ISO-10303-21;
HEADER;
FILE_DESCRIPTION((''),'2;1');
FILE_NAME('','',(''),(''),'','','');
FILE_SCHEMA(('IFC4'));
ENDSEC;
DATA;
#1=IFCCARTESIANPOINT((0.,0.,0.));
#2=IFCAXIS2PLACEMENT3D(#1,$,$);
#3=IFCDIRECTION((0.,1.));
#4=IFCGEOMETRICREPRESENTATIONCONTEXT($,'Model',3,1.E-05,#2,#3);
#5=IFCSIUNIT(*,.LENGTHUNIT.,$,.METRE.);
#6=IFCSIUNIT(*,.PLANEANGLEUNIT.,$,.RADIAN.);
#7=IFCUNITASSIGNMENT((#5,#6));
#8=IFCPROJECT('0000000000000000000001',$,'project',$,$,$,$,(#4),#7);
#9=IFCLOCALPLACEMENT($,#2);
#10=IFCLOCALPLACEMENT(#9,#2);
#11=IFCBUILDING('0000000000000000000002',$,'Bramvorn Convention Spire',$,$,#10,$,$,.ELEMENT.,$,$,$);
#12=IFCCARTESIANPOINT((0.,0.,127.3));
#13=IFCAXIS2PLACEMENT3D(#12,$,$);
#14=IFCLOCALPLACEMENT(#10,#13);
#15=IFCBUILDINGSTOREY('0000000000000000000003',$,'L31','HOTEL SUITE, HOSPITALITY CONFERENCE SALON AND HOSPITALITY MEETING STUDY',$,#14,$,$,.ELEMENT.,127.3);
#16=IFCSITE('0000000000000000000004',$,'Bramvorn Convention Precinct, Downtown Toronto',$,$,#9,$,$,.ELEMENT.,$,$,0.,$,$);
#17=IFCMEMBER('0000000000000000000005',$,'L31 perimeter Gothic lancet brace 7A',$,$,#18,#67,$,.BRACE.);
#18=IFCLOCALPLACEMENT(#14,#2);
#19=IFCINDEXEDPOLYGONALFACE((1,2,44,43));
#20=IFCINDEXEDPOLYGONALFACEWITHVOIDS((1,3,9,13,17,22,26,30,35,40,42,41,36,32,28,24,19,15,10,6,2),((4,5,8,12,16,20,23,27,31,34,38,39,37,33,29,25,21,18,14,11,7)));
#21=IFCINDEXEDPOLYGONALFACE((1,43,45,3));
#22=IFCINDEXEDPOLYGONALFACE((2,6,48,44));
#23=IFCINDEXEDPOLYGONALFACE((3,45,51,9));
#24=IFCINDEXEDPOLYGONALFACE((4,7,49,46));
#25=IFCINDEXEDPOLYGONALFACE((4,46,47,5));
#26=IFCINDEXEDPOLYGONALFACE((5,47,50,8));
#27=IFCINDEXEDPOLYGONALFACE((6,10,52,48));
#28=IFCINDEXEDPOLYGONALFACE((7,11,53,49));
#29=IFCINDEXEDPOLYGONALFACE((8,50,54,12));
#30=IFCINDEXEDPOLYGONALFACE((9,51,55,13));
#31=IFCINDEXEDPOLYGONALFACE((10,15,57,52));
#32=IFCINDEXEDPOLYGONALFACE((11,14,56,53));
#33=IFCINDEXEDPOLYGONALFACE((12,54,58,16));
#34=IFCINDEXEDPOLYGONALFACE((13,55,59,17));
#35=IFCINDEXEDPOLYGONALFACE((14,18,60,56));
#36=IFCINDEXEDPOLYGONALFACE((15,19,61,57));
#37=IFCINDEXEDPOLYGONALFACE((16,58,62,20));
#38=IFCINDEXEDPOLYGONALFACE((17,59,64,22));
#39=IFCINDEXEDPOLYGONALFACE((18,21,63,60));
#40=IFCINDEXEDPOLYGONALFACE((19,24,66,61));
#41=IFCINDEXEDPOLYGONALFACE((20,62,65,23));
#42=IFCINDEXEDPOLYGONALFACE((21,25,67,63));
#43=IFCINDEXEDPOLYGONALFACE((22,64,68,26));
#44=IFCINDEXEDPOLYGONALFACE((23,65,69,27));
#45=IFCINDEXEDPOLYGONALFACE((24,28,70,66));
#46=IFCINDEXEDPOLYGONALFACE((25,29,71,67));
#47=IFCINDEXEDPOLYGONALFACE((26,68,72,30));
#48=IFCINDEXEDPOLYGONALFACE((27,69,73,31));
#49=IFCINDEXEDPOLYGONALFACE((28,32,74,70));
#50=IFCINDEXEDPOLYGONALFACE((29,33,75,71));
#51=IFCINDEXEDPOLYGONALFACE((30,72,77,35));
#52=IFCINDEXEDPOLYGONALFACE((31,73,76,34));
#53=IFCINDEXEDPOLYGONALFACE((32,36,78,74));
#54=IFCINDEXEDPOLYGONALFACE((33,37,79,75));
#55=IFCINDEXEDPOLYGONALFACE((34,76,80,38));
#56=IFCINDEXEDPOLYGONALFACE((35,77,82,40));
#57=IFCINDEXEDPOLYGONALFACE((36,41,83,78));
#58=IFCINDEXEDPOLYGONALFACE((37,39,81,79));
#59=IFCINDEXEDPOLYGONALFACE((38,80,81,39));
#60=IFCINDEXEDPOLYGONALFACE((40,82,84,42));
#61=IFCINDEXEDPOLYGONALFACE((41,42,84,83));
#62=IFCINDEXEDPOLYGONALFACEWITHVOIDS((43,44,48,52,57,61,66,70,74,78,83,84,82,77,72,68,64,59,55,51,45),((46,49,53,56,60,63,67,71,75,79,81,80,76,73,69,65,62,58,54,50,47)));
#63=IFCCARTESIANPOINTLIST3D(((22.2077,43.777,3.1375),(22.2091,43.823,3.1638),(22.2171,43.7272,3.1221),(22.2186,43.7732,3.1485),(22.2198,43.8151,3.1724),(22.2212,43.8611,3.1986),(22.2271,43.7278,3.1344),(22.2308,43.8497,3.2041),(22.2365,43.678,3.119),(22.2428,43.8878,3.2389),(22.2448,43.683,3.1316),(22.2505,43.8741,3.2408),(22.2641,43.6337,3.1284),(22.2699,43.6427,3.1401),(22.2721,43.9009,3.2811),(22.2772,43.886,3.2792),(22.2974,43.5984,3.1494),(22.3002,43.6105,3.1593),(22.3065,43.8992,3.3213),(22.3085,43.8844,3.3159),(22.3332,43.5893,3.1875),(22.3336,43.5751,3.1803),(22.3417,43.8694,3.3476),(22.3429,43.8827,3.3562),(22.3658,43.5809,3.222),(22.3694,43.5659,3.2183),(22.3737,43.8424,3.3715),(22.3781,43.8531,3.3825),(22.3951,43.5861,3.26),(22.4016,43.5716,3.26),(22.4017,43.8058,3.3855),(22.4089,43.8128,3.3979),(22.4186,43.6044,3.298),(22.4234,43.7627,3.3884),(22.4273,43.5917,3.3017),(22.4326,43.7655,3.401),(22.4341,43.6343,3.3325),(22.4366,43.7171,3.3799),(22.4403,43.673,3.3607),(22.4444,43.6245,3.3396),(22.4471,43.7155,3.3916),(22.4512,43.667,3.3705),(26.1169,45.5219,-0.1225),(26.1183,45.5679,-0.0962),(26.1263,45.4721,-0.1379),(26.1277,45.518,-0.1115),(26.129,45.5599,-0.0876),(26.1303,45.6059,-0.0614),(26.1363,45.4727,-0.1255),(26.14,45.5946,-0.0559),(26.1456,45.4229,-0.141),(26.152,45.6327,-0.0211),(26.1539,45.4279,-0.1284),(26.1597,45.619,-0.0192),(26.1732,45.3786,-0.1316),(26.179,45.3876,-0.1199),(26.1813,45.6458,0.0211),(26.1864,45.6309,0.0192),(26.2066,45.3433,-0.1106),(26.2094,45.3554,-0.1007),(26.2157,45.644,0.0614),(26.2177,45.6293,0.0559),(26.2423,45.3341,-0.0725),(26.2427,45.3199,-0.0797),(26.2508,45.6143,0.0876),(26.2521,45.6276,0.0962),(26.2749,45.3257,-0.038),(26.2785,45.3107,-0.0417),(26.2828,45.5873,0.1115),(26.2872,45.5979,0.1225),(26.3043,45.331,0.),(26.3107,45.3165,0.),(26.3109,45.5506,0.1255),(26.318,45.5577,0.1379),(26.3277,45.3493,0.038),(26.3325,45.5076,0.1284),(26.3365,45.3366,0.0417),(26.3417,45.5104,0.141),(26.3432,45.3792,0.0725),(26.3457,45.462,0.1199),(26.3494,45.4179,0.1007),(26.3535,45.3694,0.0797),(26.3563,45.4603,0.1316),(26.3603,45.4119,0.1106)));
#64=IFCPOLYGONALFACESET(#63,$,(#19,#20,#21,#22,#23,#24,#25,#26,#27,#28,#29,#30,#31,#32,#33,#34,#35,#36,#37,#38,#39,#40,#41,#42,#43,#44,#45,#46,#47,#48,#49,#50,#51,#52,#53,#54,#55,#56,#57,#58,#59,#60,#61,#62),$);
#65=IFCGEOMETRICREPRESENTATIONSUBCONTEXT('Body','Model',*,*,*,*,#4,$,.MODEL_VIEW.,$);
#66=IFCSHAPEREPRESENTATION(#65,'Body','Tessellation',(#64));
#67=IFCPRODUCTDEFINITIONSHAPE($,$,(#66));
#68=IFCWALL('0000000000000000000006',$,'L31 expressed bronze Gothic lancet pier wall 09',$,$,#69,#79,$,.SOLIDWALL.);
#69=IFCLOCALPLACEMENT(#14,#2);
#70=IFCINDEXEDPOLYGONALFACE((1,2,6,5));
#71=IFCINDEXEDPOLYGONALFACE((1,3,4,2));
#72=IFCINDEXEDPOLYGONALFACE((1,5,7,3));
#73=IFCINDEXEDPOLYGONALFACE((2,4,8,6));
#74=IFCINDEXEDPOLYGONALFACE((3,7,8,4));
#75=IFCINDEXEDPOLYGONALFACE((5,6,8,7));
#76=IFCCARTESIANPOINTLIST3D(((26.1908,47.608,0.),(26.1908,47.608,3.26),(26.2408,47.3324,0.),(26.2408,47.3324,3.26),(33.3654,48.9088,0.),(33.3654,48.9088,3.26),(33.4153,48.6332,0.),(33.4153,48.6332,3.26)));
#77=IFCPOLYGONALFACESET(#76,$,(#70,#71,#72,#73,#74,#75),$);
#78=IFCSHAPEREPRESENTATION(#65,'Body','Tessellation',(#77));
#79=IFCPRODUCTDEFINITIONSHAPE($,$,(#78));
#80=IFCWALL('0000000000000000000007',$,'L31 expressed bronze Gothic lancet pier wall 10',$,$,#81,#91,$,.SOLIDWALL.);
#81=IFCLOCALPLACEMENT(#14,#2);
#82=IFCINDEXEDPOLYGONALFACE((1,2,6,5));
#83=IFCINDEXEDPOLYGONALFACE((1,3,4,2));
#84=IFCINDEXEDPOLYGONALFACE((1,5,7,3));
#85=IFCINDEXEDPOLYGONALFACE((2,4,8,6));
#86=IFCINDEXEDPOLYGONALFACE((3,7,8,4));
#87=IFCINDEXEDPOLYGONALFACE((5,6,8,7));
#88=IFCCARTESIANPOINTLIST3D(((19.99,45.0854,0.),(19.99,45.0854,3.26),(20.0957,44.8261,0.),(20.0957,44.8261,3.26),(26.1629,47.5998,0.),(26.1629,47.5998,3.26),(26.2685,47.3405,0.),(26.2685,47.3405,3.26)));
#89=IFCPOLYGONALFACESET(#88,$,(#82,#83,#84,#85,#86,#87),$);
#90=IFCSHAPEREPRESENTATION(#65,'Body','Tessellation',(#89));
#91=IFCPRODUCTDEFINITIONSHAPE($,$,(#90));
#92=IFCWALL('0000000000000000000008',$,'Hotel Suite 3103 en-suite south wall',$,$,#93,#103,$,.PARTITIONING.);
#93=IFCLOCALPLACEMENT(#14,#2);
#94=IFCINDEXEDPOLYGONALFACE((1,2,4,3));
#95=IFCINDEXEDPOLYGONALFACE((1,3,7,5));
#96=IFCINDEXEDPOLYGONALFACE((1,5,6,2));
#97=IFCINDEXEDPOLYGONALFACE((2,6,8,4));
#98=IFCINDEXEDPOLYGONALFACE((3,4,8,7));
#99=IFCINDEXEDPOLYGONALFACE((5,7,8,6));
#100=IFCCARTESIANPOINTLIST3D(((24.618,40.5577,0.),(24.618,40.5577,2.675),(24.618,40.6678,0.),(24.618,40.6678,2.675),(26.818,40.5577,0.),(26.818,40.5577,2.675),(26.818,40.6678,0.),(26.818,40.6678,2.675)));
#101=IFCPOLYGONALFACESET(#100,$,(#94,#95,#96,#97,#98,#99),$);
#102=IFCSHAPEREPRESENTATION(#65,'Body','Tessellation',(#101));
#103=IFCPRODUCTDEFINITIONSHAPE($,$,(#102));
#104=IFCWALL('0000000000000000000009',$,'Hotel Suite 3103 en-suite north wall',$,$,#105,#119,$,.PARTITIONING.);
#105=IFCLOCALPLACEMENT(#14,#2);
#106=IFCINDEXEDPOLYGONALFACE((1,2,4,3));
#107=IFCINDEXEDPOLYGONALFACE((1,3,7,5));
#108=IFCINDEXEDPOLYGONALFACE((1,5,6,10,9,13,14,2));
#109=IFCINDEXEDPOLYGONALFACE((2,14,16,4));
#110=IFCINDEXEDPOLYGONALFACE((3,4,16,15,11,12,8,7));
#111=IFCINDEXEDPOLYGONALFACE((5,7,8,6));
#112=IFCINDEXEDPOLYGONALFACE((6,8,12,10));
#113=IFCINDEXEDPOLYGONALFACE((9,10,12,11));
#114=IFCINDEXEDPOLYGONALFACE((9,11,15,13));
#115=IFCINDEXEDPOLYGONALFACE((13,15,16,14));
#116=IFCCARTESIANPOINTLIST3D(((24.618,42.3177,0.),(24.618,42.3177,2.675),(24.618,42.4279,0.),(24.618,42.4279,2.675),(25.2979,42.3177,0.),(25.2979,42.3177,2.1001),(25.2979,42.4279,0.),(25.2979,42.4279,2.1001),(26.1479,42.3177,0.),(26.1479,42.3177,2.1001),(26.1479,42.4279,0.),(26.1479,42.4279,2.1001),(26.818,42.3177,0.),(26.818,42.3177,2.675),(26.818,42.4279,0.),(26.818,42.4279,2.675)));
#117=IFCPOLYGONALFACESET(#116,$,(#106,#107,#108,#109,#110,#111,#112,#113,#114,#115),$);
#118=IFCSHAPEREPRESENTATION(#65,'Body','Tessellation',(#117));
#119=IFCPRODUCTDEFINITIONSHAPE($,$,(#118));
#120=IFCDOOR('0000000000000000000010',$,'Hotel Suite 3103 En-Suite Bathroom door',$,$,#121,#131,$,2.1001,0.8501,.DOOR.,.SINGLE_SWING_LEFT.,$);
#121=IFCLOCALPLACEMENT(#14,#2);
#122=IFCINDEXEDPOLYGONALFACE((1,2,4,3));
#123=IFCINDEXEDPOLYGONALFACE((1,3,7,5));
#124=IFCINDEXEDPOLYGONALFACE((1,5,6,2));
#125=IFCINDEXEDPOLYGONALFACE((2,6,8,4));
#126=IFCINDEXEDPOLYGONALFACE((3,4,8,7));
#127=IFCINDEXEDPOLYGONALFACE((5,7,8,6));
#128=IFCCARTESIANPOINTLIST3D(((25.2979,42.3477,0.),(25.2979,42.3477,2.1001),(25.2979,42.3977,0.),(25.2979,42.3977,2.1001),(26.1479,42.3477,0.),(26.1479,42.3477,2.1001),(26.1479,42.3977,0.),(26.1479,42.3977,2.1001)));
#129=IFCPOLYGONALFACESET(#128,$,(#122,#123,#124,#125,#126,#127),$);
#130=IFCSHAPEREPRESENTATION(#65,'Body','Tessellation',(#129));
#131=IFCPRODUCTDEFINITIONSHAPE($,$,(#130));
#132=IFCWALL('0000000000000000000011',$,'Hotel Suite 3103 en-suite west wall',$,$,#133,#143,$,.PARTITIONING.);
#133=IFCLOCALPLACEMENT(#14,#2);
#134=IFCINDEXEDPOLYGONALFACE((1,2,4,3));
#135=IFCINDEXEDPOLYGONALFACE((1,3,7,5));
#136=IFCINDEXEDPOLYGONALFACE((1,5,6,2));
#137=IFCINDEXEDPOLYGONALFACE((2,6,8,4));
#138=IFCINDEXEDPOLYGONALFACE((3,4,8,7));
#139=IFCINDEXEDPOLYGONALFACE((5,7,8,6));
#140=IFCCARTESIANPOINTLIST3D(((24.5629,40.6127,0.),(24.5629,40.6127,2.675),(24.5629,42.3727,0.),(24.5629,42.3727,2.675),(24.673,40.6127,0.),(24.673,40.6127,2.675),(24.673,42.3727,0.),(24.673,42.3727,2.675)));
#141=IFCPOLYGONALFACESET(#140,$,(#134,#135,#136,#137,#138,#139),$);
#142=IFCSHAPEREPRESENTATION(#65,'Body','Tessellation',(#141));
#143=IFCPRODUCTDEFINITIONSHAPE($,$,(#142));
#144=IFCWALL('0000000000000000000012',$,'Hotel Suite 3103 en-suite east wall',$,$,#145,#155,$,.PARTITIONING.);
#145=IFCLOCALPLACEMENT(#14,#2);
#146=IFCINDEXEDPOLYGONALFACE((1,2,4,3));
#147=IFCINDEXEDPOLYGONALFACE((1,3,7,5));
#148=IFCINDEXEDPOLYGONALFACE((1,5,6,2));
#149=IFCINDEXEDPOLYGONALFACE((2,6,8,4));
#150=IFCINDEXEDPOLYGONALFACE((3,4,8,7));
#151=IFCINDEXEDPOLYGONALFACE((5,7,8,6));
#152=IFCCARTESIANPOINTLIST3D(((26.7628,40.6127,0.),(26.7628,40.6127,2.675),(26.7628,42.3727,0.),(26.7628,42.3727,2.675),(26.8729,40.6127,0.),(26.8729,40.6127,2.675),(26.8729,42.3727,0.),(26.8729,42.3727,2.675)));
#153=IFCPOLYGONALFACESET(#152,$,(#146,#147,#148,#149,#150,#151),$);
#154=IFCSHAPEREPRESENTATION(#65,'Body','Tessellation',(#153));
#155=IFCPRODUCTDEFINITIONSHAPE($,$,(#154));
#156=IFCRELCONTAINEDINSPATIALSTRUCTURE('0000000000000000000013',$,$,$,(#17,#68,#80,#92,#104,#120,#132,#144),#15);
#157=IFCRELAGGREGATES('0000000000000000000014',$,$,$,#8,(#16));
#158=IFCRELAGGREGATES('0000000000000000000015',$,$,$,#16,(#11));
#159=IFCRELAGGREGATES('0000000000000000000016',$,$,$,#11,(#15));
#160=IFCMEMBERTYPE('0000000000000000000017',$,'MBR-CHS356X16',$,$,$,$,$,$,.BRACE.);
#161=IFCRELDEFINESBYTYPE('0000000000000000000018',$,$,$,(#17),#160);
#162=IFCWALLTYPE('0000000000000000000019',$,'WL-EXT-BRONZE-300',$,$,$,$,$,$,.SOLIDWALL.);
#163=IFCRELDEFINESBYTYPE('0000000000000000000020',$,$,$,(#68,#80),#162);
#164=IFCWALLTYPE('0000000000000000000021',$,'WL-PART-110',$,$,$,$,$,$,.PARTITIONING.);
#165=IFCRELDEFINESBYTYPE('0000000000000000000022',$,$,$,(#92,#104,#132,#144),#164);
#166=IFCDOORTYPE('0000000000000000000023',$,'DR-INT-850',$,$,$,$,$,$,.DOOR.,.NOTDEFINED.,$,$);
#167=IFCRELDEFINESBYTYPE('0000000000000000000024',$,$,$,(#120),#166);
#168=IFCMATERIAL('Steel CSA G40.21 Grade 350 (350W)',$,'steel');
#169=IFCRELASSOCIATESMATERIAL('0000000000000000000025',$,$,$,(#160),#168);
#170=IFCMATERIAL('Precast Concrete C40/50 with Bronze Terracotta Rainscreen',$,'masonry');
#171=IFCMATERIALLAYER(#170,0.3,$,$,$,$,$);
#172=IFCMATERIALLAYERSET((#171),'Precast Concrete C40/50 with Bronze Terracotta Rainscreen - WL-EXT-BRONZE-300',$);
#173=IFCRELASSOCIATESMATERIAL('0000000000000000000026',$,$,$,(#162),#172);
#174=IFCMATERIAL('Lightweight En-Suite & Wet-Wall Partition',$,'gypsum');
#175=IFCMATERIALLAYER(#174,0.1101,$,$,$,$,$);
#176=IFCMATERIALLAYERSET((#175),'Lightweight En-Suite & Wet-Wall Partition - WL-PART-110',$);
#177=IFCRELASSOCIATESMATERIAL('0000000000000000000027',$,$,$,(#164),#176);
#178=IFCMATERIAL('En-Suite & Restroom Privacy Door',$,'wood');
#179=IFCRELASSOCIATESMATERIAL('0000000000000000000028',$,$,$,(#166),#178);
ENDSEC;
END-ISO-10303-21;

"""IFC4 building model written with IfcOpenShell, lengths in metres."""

from ifc_helpers import new_model, si_unit, direction, frame, frame_2d, origin, origin_2d, place, context, subcontext, project, spatial, rectangle, hollow_circle, extrude, material, layer, layer_set, material_profile, profile_set, type_object, element, fill, save


model = new_model("IFC4")

# Units and contexts
model_context = context("Model", 3, precision=1e-05, world=origin(), true_north=direction((0.0, 1.0)))
body_context = subcontext(model_context, "Body", "Model", "MODEL_VIEW")
ifc_project = project(units=[si_unit("LENGTHUNIT", "METRE"), si_unit("PLANEANGLEUNIT", "RADIAN")], contexts=[model_context])

# Site, building, storey
site_placement = place(None, origin())
site = spatial("IfcSite", under=ifc_project, at=site_placement, Name="Bramvorn Convention Precinct, Downtown Toronto", CompositionType="ELEMENT", RefElevation=0.0)
building_placement = place(site_placement, origin())
building = spatial("IfcBuilding", under=site, at=building_placement, Name="Bramvorn Convention Spire", CompositionType="ELEMENT")
storey_placement = place(building_placement, frame((0.0, 0.0, 127.3)))
storey = spatial("IfcBuildingStorey", under=building, at=storey_placement, Name="L31", Description="HOTEL SUITE, HOSPITALITY CONFERENCE SALON AND HOSPITALITY MEETING STUDY", CompositionType="ELEMENT", Elevation=127.3)

# Shared definitions
ifc_material_1 = material(Name="Steel CSA G40.21 Grade 350 (350W)", Category="steel")

# Member
ifc_material_profile_1 = material_profile(ifc_material_1, hollow_circle(Radius=0.1777, WallThickness=0.0159, at=origin_2d()))
ifc_profile_set_1 = profile_set([ifc_material_profile_1], Name="Steel CSA G40.21 Grade 350 (350W) - CHS356X16")
member_type_1 = type_object("IfcMemberType", Name="MBR-CHS356X16", PredefinedType="BRACE", material=ifc_profile_set_1)
member_1_placement = place(storey_placement, frame((26.2383, 45.4788, 0.0), z_axis=(-0.726494, -0.324272, 0.60585), x_axis=(0.407593, -0.913164, 0.0)))
element("IfcMember", 1, at=member_1_placement, inside=storey, type_object=member_type_1, Name="L31 perimeter Gothic lancet brace 7A", PredefinedType="BRACE", context=body_context, shape_type="SweptSolid", body=[
    extrude(hollow_circle(Radius=0.1777, WallThickness=0.0159, at=origin_2d()), origin(), (0.0, 0.0, 1.0), 5.3809),
])

# Walls
ifc_material_2 = material(Name="Precast Concrete C40/50 with Bronze Terracotta Rainscreen", Category="masonry")
ifc_layer_1 = layer(ifc_material_2, 0.3)
ifc_layer_set_1 = layer_set([ifc_layer_1], Name="Precast Concrete C40/50 with Bronze Terracotta Rainscreen - WL-EXT-BRONZE-300")
wall_type_1 = type_object("IfcWallType", Name="WL-EXT-BRONZE-300", PredefinedType="SOLIDWALL", material=ifc_layer_set_1)
wall_1_placement = place(storey_placement, frame((26.2158, 47.4702, 0.0), z_axis=(0.0, 0.0, 1.0), x_axis=(0.983959, 0.178396, 0.0)))
element("IfcWall", 2, at=wall_1_placement, inside=storey, type_object=wall_type_1, Name="L31 expressed bronze Gothic lancet pier wall 09", PredefinedType="SOLIDWALL", context=body_context, shape_type="SweptSolid", body=[
    extrude(rectangle(XDim=7.2915, YDim=0.28, at=frame_2d((3.6458, 0.0))), origin(), (0.0, 0.0, 1.0), 3.26),
])
wall_2_placement = place(storey_placement, frame((20.043, 44.9558, 0.0), z_axis=(0.0, 0.0, 1.0), x_axis=(0.926117, 0.377238, 0.0)))
element("IfcWall", 3, at=wall_2_placement, inside=storey, type_object=wall_type_1, Name="L31 expressed bronze Gothic lancet pier wall 10", PredefinedType="SOLIDWALL", context=body_context, shape_type="SweptSolid", body=[
    extrude(rectangle(XDim=6.6653, YDim=0.28, at=frame_2d((3.3325, 0.0))), origin(), (0.0, 0.0, 1.0), 3.26),
])
ifc_material_3 = material(Name="Lightweight En-Suite & Wet-Wall Partition", Category="gypsum")
ifc_layer_2 = layer(ifc_material_3, 0.1101)
ifc_layer_set_2 = layer_set([ifc_layer_2], Name="Lightweight En-Suite & Wet-Wall Partition - WL-PART-110")
wall_type_2 = type_object("IfcWallType", Name="WL-PART-110", PredefinedType="PARTITIONING", material=ifc_layer_set_2)
wall_3_placement = place(storey_placement, frame((24.6179, 40.6128, 0.0), z_axis=(0.0, 0.0, 1.0), x_axis=(1.0, 0.0, 0.0)))
element("IfcWall", 4, at=wall_3_placement, inside=storey, type_object=wall_type_2, Name="Hotel Suite 3103 en-suite south wall", PredefinedType="PARTITIONING", context=body_context, shape_type="SweptSolid", body=[
    extrude(rectangle(XDim=2.2, YDim=0.1101, at=frame_2d((1.1001, 0.0))), origin(), (0.0, 0.0, 1.0), 2.675),
])

# Wall, opening, door
wall_4_placement = place(storey_placement, frame((24.6179, 42.3728, 0.0), z_axis=(0.0, 0.0, 1.0), x_axis=(1.0, 0.0, 0.0)))
wall_4 = element("IfcWall", 5, at=wall_4_placement, inside=storey, type_object=wall_type_2, Name="Hotel Suite 3103 en-suite north wall", PredefinedType="PARTITIONING", context=body_context, shape_type="SweptSolid", body=[
    extrude(rectangle(XDim=2.2, YDim=0.1101, at=frame_2d((1.1001, 0.0))), origin(), (0.0, 0.0, 1.0), 2.675),
])
opening_1_placement = place(wall_4_placement, frame((0.6799, 0.0, 0.0)))
opening_1 = element("IfcOpeningElement", 6, at=opening_1_placement, cuts=wall_4, PredefinedType="OPENING", context=body_context, shape_type="SweptSolid", body=[
    extrude(rectangle(XDim=0.8501, YDim=2.1001, at=frame_2d((0.425, 1.05))), frame((0.0, 0.0649, 0.0), z_axis=(0.0, -1.0, 0.0), x_axis=(1.0, 0.0, 0.0)), (0.0, 0.0, 1.0), 0.1301),
])
ifc_material_4 = material(Name="En-Suite & Restroom Privacy Door", Category="wood")
door_type_1 = type_object("IfcDoorType", Name="DR-INT-850", OperationType="NOTDEFINED", PredefinedType="DOOR", material=ifc_material_4)
door_1_placement = place(opening_1_placement, origin())
door_1 = element("IfcDoor", 7, at=door_1_placement, inside=storey, type_object=door_type_1, Name="Hotel Suite 3103 En-Suite Bathroom door", OperationType="SINGLE_SWING_LEFT", OverallHeight=2.1001, OverallWidth=0.8501, PredefinedType="DOOR", context=body_context, shape_type="SweptSolid", body=[
    extrude(rectangle(XDim=0.8501, YDim=2.1001, at=frame_2d((0.425, 1.05))), frame((0.0, 0.0249, 0.0), z_axis=(0.0, -1.0, 0.0), x_axis=(1.0, 0.0, 0.0)), (0.0, 0.0, 1.0), 0.05),
])
fill(opening_1, door_1)

# Walls
for number, where, z_axis, x_axis, name in (
    (8, (24.6179, 40.6128, 0.0), (0.0, 0.0, 1.0), (0.0, 1.0, 0.0), "Hotel Suite 3103 en-suite west wall"),
    (9, (26.8179, 40.6128, 0.0), (0.0, 0.0, 1.0), (0.0, 1.0, 0.0), "Hotel Suite 3103 en-suite east wall"),
):
    element("IfcWall", number, at=place(storey_placement, frame(where, z_axis=z_axis, x_axis=x_axis)), inside=storey, type_object=wall_type_2, Name=name, PredefinedType="PARTITIONING", context=body_context, shape_type="SweptSolid", body=[
        extrude(rectangle(XDim=1.76, YDim=0.1101, at=frame_2d((0.8799, 0.0))), origin(), (0.0, 0.0, 1.0), 2.675),
    ])

save(model, "model.ifc")
